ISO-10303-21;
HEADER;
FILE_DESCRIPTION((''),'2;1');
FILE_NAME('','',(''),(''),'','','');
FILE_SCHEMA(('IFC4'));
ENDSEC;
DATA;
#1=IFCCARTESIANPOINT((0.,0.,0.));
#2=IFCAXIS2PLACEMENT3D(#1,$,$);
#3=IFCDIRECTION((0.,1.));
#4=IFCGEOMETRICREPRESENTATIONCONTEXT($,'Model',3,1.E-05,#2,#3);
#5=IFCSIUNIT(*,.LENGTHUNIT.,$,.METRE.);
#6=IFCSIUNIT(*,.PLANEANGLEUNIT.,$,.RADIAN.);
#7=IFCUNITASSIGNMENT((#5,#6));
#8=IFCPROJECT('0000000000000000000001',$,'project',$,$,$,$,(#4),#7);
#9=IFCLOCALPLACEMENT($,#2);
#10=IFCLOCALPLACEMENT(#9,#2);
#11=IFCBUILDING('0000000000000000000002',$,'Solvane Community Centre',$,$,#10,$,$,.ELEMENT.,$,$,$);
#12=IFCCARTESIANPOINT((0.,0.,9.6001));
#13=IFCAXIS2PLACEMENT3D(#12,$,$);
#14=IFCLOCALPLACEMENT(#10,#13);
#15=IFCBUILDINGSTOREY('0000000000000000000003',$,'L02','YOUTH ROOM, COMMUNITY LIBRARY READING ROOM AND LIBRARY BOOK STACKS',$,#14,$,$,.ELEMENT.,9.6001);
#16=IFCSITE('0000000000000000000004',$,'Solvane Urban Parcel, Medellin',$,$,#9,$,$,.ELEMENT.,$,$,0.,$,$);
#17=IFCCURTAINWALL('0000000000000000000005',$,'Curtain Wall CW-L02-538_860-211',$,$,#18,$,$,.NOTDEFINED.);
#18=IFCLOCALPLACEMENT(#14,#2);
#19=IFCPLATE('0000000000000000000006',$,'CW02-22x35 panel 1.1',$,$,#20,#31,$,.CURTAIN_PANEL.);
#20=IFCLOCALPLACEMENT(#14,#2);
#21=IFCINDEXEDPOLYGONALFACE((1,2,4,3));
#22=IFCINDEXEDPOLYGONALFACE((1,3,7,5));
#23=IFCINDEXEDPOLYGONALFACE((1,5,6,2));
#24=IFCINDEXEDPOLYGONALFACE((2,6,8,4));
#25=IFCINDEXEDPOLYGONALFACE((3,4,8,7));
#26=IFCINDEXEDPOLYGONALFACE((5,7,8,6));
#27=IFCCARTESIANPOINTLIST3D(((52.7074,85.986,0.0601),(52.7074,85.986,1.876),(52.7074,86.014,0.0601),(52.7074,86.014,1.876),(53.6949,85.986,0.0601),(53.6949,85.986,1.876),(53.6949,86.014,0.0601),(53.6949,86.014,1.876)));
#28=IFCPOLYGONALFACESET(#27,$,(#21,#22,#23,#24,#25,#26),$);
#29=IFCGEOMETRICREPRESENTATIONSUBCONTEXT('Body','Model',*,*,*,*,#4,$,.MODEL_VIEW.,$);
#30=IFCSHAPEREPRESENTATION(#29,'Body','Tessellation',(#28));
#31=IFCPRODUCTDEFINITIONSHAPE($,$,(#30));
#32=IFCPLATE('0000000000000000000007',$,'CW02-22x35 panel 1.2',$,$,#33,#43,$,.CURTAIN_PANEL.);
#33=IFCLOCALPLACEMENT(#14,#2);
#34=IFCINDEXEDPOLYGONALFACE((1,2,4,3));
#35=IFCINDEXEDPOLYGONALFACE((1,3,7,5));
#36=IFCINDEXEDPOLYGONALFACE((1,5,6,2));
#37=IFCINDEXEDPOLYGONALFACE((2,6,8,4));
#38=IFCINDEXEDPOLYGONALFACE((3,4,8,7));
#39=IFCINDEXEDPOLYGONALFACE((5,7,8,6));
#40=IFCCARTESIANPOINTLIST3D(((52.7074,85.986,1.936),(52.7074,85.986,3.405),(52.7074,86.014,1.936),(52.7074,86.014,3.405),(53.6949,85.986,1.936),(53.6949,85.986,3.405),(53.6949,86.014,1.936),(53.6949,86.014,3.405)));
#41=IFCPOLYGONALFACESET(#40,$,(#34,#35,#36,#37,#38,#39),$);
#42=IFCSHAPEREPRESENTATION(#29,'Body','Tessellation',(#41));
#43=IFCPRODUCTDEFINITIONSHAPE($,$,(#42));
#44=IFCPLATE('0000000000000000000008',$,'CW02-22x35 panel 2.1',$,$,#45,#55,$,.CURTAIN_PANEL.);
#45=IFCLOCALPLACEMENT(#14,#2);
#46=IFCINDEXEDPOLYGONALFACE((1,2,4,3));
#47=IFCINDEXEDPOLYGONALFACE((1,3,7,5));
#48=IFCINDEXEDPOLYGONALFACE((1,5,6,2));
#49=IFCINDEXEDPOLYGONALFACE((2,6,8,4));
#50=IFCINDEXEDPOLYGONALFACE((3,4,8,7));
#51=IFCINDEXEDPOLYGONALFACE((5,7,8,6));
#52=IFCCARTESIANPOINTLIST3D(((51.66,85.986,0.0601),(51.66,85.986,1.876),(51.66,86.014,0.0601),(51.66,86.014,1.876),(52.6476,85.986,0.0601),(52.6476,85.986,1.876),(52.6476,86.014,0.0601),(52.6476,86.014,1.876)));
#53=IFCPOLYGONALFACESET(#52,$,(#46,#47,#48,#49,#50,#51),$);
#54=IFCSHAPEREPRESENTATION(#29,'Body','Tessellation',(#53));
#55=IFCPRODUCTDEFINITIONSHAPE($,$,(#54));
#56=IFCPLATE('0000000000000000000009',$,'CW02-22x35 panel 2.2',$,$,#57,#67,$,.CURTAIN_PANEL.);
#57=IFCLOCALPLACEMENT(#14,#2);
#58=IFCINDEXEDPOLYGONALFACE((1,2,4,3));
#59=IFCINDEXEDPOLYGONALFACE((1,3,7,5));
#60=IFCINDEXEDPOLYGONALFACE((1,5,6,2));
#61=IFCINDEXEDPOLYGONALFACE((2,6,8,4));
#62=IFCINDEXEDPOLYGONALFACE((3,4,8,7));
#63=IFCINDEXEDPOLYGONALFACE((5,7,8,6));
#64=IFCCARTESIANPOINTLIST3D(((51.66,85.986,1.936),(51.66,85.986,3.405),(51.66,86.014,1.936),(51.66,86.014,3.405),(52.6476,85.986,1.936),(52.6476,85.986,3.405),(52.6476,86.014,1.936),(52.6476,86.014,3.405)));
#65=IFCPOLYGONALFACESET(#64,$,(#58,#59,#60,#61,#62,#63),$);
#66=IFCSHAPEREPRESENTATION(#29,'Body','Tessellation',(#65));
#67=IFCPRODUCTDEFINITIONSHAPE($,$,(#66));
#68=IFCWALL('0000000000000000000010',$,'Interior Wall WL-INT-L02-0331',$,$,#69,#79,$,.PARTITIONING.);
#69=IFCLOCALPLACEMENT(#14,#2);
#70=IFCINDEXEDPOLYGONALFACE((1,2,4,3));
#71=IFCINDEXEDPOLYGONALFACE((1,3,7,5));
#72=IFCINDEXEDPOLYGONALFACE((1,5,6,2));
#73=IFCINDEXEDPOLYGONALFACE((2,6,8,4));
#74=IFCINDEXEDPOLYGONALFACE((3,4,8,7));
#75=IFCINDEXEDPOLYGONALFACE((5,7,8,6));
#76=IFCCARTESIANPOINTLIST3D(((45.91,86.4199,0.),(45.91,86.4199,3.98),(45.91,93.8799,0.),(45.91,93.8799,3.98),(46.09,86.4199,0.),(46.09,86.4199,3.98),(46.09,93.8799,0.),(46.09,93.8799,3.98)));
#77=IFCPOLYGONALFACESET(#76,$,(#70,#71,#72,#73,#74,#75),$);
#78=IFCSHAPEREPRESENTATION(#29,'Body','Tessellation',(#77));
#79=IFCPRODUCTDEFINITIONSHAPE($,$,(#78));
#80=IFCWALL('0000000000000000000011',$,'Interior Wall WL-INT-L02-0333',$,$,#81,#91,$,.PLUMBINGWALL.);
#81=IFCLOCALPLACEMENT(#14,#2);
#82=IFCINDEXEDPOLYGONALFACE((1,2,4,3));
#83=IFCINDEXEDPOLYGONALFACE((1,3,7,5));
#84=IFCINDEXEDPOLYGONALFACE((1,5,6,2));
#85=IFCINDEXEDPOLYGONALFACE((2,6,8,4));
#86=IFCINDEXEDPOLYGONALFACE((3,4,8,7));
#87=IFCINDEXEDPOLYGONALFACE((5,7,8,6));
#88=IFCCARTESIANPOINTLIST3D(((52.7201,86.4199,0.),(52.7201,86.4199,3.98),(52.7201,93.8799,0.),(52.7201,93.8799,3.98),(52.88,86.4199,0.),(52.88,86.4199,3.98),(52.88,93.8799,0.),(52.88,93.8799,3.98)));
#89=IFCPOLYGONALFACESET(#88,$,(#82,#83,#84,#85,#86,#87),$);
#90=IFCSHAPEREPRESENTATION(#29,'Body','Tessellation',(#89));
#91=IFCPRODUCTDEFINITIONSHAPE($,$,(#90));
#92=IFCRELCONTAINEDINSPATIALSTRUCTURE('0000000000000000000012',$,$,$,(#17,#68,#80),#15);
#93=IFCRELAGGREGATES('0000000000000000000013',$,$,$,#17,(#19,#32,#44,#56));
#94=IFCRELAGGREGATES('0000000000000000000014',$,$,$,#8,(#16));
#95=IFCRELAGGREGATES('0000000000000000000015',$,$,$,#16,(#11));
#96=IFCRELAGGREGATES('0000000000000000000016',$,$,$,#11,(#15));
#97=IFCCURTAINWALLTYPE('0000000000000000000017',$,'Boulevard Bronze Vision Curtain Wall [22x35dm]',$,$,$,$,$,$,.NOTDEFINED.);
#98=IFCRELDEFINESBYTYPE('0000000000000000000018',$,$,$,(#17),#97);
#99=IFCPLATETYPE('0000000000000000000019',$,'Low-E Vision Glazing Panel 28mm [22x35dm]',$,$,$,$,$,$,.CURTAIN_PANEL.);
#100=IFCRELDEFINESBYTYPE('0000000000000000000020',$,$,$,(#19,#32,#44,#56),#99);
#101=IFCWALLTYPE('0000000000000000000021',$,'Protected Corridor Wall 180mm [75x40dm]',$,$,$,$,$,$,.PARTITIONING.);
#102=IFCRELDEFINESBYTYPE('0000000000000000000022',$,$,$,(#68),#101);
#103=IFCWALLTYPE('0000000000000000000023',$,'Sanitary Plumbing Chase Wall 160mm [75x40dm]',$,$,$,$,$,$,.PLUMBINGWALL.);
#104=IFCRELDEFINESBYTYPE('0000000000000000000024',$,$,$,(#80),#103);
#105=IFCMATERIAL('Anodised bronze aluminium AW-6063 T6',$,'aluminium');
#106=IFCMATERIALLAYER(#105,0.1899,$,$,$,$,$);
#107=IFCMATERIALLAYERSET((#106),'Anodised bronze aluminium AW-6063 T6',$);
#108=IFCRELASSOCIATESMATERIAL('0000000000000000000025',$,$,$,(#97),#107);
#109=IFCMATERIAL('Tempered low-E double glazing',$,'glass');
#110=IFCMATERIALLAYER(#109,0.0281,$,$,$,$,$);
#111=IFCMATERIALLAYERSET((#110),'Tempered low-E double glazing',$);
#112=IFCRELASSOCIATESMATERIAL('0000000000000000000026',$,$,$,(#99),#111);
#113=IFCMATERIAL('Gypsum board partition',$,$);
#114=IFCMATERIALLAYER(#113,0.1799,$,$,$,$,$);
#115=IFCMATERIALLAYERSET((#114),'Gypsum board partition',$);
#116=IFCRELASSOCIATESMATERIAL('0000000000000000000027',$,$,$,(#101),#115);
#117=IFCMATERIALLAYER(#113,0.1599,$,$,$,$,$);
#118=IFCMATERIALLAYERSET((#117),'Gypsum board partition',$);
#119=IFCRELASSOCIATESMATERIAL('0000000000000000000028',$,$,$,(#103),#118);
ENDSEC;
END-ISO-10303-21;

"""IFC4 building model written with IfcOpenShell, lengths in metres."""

from ifc_helpers import new_model, si_unit, direction, frame, frame_2d, origin, origin_2d, place, context, subcontext, project, spatial, rectangle, extrude, material, layer, layer_set, type_object, element, aggregate, save


model = new_model("IFC4")

# Units and contexts
model_context = context("Model", 3, precision=1e-05, world=origin(), true_north=direction((0.0, 1.0)))
body_context = subcontext(model_context, "Body", "Model", "MODEL_VIEW")
ifc_project = project(units=[si_unit("LENGTHUNIT", "METRE"), si_unit("PLANEANGLEUNIT", "RADIAN")], contexts=[model_context])

# Site, building, storey
site_placement = place(None, origin())
site = spatial("IfcSite", under=ifc_project, at=site_placement, Name="Solvane Urban Parcel, Medellin", CompositionType="ELEMENT", RefElevation=0.0)
building_placement = place(site_placement, origin())
building = spatial("IfcBuilding", under=site, at=building_placement, Name="Solvane Community Centre", CompositionType="ELEMENT")
storey_placement = place(building_placement, frame((0.0, 0.0, 9.6001)))
storey = spatial("IfcBuildingStorey", under=building, at=storey_placement, Name="L02", Description="YOUTH ROOM, COMMUNITY LIBRARY READING ROOM AND LIBRARY BOOK STACKS", CompositionType="ELEMENT", Elevation=9.6001)

# Curtain wall
ifc_material_1 = material(Name="Anodised bronze aluminium AW-6063 T6", Category="aluminium")
ifc_layer_1 = layer(ifc_material_1, 0.1899)
ifc_layer_set_1 = layer_set([ifc_layer_1], Name="Anodised bronze aluminium AW-6063 T6")
curtain_wall_type_1 = type_object("IfcCurtainWallType", Name="Boulevard Bronze Vision Curtain Wall [22x35dm]", PredefinedType="NOTDEFINED", material=ifc_layer_set_1)
curtain_wall_1_placement = place(storey_placement, origin())
curtain_wall_1 = element("IfcCurtainWall", 1, at=curtain_wall_1_placement, inside=storey, type_object=curtain_wall_type_1, Name="Curtain Wall CW-L02-538_860-211", PredefinedType="NOTDEFINED")

# Plates
ifc_material_2 = material(Name="Tempered low-E double glazing", Category="glass")
ifc_layer_2 = layer(ifc_material_2, 0.0281)
ifc_layer_set_2 = layer_set([ifc_layer_2], Name="Tempered low-E double glazing")
plate_type = type_object("IfcPlateType", Name="Low-E Vision Glazing Panel 28mm [22x35dm]", PredefinedType="CURTAIN_PANEL", material=ifc_layer_set_2)
plate_1_placement = place(storey_placement, frame((53.2012, 86.0, 0.0601), z_axis=(0.0, 0.0, 1.0), x_axis=(-1.0, 0.0, 0.0)))
plate_1 = element("IfcPlate", 2, at=plate_1_placement, type_object=plate_type, Name="CW02-22x35 panel 1.1", PredefinedType="CURTAIN_PANEL", context=body_context, shape_type="SweptSolid", body=[
    extrude(rectangle(XDim=0.9875, YDim=0.0281, at=origin_2d()), origin(), (0.0, 0.0, 1.0), 1.8159),
])
plate_2_placement = place(storey_placement, frame((53.2012, 86.0, 1.936), z_axis=(0.0, 0.0, 1.0), x_axis=(-1.0, 0.0, 0.0)))
plate_2 = element("IfcPlate", 3, at=plate_2_placement, type_object=plate_type, Name="CW02-22x35 panel 1.2", PredefinedType="CURTAIN_PANEL", context=body_context, shape_type="SweptSolid", body=[
    extrude(rectangle(XDim=0.9875, YDim=0.0281, at=origin_2d()), origin(), (0.0, 0.0, 1.0), 1.469),
])
plate_3_placement = place(storey_placement, frame((52.1538, 86.0, 0.0601), z_axis=(0.0, 0.0, 1.0), x_axis=(-1.0, 0.0, 0.0)))
plate_3 = element("IfcPlate", 4, at=plate_3_placement, type_object=plate_type, Name="CW02-22x35 panel 2.1", PredefinedType="CURTAIN_PANEL", context=body_context, shape_type="SweptSolid", body=[
    extrude(rectangle(XDim=0.9875, YDim=0.0281, at=origin_2d()), origin(), (0.0, 0.0, 1.0), 1.8159),
])
plate_4_placement = place(storey_placement, frame((52.1538, 86.0, 1.936), z_axis=(0.0, 0.0, 1.0), x_axis=(-1.0, 0.0, 0.0)))
plate_4 = element("IfcPlate", 5, at=plate_4_placement, type_object=plate_type, Name="CW02-22x35 panel 2.2", PredefinedType="CURTAIN_PANEL", context=body_context, shape_type="SweptSolid", body=[
    extrude(rectangle(XDim=0.9875, YDim=0.0281, at=origin_2d()), origin(), (0.0, 0.0, 1.0), 1.469),
])
aggregate(curtain_wall_1, [plate_1, plate_2, plate_3, plate_4])

# Walls
ifc_material_3 = material(Name="Gypsum board partition")
ifc_layer_3 = layer(ifc_material_3, 0.1799)
ifc_layer_set_3 = layer_set([ifc_layer_3], Name="Gypsum board partition")
wall_type_1 = type_object("IfcWallType", Name="Protected Corridor Wall 180mm [75x40dm]", PredefinedType="PARTITIONING", material=ifc_layer_set_3)
wall_1_placement = place(storey_placement, frame((46.0, 86.4199, 0.0), z_axis=(0.0, 0.0, 1.0), x_axis=(0.0, 1.0, 0.0)))
element("IfcWall", 6, at=wall_1_placement, inside=storey, type_object=wall_type_1, Name="Interior Wall WL-INT-L02-0331", PredefinedType="PARTITIONING", context=body_context, shape_type="SweptSolid", body=[
    extrude(rectangle(XDim=7.46, YDim=0.1799, at=frame_2d((3.73, 0.0))), origin(), (0.0, 0.0, 1.0), 3.98),
])
ifc_layer_4 = layer(ifc_material_3, 0.1599)
ifc_layer_set_4 = layer_set([ifc_layer_4], Name="Gypsum board partition")
wall_type_2 = type_object("IfcWallType", Name="Sanitary Plumbing Chase Wall 160mm [75x40dm]", PredefinedType="PLUMBINGWALL", material=ifc_layer_set_4)
wall_2_placement = place(storey_placement, frame((52.8, 86.4199, 0.0), z_axis=(0.0, 0.0, 1.0), x_axis=(0.0, 1.0, 0.0)))
element("IfcWall", 7, at=wall_2_placement, inside=storey, type_object=wall_type_2, Name="Interior Wall WL-INT-L02-0333", PredefinedType="PLUMBINGWALL", context=body_context, shape_type="SweptSolid", body=[
    extrude(rectangle(XDim=7.46, YDim=0.1599, at=frame_2d((3.73, 0.0))), origin(), (0.0, 0.0, 1.0), 3.98),
])

save(model, "model.ifc")
